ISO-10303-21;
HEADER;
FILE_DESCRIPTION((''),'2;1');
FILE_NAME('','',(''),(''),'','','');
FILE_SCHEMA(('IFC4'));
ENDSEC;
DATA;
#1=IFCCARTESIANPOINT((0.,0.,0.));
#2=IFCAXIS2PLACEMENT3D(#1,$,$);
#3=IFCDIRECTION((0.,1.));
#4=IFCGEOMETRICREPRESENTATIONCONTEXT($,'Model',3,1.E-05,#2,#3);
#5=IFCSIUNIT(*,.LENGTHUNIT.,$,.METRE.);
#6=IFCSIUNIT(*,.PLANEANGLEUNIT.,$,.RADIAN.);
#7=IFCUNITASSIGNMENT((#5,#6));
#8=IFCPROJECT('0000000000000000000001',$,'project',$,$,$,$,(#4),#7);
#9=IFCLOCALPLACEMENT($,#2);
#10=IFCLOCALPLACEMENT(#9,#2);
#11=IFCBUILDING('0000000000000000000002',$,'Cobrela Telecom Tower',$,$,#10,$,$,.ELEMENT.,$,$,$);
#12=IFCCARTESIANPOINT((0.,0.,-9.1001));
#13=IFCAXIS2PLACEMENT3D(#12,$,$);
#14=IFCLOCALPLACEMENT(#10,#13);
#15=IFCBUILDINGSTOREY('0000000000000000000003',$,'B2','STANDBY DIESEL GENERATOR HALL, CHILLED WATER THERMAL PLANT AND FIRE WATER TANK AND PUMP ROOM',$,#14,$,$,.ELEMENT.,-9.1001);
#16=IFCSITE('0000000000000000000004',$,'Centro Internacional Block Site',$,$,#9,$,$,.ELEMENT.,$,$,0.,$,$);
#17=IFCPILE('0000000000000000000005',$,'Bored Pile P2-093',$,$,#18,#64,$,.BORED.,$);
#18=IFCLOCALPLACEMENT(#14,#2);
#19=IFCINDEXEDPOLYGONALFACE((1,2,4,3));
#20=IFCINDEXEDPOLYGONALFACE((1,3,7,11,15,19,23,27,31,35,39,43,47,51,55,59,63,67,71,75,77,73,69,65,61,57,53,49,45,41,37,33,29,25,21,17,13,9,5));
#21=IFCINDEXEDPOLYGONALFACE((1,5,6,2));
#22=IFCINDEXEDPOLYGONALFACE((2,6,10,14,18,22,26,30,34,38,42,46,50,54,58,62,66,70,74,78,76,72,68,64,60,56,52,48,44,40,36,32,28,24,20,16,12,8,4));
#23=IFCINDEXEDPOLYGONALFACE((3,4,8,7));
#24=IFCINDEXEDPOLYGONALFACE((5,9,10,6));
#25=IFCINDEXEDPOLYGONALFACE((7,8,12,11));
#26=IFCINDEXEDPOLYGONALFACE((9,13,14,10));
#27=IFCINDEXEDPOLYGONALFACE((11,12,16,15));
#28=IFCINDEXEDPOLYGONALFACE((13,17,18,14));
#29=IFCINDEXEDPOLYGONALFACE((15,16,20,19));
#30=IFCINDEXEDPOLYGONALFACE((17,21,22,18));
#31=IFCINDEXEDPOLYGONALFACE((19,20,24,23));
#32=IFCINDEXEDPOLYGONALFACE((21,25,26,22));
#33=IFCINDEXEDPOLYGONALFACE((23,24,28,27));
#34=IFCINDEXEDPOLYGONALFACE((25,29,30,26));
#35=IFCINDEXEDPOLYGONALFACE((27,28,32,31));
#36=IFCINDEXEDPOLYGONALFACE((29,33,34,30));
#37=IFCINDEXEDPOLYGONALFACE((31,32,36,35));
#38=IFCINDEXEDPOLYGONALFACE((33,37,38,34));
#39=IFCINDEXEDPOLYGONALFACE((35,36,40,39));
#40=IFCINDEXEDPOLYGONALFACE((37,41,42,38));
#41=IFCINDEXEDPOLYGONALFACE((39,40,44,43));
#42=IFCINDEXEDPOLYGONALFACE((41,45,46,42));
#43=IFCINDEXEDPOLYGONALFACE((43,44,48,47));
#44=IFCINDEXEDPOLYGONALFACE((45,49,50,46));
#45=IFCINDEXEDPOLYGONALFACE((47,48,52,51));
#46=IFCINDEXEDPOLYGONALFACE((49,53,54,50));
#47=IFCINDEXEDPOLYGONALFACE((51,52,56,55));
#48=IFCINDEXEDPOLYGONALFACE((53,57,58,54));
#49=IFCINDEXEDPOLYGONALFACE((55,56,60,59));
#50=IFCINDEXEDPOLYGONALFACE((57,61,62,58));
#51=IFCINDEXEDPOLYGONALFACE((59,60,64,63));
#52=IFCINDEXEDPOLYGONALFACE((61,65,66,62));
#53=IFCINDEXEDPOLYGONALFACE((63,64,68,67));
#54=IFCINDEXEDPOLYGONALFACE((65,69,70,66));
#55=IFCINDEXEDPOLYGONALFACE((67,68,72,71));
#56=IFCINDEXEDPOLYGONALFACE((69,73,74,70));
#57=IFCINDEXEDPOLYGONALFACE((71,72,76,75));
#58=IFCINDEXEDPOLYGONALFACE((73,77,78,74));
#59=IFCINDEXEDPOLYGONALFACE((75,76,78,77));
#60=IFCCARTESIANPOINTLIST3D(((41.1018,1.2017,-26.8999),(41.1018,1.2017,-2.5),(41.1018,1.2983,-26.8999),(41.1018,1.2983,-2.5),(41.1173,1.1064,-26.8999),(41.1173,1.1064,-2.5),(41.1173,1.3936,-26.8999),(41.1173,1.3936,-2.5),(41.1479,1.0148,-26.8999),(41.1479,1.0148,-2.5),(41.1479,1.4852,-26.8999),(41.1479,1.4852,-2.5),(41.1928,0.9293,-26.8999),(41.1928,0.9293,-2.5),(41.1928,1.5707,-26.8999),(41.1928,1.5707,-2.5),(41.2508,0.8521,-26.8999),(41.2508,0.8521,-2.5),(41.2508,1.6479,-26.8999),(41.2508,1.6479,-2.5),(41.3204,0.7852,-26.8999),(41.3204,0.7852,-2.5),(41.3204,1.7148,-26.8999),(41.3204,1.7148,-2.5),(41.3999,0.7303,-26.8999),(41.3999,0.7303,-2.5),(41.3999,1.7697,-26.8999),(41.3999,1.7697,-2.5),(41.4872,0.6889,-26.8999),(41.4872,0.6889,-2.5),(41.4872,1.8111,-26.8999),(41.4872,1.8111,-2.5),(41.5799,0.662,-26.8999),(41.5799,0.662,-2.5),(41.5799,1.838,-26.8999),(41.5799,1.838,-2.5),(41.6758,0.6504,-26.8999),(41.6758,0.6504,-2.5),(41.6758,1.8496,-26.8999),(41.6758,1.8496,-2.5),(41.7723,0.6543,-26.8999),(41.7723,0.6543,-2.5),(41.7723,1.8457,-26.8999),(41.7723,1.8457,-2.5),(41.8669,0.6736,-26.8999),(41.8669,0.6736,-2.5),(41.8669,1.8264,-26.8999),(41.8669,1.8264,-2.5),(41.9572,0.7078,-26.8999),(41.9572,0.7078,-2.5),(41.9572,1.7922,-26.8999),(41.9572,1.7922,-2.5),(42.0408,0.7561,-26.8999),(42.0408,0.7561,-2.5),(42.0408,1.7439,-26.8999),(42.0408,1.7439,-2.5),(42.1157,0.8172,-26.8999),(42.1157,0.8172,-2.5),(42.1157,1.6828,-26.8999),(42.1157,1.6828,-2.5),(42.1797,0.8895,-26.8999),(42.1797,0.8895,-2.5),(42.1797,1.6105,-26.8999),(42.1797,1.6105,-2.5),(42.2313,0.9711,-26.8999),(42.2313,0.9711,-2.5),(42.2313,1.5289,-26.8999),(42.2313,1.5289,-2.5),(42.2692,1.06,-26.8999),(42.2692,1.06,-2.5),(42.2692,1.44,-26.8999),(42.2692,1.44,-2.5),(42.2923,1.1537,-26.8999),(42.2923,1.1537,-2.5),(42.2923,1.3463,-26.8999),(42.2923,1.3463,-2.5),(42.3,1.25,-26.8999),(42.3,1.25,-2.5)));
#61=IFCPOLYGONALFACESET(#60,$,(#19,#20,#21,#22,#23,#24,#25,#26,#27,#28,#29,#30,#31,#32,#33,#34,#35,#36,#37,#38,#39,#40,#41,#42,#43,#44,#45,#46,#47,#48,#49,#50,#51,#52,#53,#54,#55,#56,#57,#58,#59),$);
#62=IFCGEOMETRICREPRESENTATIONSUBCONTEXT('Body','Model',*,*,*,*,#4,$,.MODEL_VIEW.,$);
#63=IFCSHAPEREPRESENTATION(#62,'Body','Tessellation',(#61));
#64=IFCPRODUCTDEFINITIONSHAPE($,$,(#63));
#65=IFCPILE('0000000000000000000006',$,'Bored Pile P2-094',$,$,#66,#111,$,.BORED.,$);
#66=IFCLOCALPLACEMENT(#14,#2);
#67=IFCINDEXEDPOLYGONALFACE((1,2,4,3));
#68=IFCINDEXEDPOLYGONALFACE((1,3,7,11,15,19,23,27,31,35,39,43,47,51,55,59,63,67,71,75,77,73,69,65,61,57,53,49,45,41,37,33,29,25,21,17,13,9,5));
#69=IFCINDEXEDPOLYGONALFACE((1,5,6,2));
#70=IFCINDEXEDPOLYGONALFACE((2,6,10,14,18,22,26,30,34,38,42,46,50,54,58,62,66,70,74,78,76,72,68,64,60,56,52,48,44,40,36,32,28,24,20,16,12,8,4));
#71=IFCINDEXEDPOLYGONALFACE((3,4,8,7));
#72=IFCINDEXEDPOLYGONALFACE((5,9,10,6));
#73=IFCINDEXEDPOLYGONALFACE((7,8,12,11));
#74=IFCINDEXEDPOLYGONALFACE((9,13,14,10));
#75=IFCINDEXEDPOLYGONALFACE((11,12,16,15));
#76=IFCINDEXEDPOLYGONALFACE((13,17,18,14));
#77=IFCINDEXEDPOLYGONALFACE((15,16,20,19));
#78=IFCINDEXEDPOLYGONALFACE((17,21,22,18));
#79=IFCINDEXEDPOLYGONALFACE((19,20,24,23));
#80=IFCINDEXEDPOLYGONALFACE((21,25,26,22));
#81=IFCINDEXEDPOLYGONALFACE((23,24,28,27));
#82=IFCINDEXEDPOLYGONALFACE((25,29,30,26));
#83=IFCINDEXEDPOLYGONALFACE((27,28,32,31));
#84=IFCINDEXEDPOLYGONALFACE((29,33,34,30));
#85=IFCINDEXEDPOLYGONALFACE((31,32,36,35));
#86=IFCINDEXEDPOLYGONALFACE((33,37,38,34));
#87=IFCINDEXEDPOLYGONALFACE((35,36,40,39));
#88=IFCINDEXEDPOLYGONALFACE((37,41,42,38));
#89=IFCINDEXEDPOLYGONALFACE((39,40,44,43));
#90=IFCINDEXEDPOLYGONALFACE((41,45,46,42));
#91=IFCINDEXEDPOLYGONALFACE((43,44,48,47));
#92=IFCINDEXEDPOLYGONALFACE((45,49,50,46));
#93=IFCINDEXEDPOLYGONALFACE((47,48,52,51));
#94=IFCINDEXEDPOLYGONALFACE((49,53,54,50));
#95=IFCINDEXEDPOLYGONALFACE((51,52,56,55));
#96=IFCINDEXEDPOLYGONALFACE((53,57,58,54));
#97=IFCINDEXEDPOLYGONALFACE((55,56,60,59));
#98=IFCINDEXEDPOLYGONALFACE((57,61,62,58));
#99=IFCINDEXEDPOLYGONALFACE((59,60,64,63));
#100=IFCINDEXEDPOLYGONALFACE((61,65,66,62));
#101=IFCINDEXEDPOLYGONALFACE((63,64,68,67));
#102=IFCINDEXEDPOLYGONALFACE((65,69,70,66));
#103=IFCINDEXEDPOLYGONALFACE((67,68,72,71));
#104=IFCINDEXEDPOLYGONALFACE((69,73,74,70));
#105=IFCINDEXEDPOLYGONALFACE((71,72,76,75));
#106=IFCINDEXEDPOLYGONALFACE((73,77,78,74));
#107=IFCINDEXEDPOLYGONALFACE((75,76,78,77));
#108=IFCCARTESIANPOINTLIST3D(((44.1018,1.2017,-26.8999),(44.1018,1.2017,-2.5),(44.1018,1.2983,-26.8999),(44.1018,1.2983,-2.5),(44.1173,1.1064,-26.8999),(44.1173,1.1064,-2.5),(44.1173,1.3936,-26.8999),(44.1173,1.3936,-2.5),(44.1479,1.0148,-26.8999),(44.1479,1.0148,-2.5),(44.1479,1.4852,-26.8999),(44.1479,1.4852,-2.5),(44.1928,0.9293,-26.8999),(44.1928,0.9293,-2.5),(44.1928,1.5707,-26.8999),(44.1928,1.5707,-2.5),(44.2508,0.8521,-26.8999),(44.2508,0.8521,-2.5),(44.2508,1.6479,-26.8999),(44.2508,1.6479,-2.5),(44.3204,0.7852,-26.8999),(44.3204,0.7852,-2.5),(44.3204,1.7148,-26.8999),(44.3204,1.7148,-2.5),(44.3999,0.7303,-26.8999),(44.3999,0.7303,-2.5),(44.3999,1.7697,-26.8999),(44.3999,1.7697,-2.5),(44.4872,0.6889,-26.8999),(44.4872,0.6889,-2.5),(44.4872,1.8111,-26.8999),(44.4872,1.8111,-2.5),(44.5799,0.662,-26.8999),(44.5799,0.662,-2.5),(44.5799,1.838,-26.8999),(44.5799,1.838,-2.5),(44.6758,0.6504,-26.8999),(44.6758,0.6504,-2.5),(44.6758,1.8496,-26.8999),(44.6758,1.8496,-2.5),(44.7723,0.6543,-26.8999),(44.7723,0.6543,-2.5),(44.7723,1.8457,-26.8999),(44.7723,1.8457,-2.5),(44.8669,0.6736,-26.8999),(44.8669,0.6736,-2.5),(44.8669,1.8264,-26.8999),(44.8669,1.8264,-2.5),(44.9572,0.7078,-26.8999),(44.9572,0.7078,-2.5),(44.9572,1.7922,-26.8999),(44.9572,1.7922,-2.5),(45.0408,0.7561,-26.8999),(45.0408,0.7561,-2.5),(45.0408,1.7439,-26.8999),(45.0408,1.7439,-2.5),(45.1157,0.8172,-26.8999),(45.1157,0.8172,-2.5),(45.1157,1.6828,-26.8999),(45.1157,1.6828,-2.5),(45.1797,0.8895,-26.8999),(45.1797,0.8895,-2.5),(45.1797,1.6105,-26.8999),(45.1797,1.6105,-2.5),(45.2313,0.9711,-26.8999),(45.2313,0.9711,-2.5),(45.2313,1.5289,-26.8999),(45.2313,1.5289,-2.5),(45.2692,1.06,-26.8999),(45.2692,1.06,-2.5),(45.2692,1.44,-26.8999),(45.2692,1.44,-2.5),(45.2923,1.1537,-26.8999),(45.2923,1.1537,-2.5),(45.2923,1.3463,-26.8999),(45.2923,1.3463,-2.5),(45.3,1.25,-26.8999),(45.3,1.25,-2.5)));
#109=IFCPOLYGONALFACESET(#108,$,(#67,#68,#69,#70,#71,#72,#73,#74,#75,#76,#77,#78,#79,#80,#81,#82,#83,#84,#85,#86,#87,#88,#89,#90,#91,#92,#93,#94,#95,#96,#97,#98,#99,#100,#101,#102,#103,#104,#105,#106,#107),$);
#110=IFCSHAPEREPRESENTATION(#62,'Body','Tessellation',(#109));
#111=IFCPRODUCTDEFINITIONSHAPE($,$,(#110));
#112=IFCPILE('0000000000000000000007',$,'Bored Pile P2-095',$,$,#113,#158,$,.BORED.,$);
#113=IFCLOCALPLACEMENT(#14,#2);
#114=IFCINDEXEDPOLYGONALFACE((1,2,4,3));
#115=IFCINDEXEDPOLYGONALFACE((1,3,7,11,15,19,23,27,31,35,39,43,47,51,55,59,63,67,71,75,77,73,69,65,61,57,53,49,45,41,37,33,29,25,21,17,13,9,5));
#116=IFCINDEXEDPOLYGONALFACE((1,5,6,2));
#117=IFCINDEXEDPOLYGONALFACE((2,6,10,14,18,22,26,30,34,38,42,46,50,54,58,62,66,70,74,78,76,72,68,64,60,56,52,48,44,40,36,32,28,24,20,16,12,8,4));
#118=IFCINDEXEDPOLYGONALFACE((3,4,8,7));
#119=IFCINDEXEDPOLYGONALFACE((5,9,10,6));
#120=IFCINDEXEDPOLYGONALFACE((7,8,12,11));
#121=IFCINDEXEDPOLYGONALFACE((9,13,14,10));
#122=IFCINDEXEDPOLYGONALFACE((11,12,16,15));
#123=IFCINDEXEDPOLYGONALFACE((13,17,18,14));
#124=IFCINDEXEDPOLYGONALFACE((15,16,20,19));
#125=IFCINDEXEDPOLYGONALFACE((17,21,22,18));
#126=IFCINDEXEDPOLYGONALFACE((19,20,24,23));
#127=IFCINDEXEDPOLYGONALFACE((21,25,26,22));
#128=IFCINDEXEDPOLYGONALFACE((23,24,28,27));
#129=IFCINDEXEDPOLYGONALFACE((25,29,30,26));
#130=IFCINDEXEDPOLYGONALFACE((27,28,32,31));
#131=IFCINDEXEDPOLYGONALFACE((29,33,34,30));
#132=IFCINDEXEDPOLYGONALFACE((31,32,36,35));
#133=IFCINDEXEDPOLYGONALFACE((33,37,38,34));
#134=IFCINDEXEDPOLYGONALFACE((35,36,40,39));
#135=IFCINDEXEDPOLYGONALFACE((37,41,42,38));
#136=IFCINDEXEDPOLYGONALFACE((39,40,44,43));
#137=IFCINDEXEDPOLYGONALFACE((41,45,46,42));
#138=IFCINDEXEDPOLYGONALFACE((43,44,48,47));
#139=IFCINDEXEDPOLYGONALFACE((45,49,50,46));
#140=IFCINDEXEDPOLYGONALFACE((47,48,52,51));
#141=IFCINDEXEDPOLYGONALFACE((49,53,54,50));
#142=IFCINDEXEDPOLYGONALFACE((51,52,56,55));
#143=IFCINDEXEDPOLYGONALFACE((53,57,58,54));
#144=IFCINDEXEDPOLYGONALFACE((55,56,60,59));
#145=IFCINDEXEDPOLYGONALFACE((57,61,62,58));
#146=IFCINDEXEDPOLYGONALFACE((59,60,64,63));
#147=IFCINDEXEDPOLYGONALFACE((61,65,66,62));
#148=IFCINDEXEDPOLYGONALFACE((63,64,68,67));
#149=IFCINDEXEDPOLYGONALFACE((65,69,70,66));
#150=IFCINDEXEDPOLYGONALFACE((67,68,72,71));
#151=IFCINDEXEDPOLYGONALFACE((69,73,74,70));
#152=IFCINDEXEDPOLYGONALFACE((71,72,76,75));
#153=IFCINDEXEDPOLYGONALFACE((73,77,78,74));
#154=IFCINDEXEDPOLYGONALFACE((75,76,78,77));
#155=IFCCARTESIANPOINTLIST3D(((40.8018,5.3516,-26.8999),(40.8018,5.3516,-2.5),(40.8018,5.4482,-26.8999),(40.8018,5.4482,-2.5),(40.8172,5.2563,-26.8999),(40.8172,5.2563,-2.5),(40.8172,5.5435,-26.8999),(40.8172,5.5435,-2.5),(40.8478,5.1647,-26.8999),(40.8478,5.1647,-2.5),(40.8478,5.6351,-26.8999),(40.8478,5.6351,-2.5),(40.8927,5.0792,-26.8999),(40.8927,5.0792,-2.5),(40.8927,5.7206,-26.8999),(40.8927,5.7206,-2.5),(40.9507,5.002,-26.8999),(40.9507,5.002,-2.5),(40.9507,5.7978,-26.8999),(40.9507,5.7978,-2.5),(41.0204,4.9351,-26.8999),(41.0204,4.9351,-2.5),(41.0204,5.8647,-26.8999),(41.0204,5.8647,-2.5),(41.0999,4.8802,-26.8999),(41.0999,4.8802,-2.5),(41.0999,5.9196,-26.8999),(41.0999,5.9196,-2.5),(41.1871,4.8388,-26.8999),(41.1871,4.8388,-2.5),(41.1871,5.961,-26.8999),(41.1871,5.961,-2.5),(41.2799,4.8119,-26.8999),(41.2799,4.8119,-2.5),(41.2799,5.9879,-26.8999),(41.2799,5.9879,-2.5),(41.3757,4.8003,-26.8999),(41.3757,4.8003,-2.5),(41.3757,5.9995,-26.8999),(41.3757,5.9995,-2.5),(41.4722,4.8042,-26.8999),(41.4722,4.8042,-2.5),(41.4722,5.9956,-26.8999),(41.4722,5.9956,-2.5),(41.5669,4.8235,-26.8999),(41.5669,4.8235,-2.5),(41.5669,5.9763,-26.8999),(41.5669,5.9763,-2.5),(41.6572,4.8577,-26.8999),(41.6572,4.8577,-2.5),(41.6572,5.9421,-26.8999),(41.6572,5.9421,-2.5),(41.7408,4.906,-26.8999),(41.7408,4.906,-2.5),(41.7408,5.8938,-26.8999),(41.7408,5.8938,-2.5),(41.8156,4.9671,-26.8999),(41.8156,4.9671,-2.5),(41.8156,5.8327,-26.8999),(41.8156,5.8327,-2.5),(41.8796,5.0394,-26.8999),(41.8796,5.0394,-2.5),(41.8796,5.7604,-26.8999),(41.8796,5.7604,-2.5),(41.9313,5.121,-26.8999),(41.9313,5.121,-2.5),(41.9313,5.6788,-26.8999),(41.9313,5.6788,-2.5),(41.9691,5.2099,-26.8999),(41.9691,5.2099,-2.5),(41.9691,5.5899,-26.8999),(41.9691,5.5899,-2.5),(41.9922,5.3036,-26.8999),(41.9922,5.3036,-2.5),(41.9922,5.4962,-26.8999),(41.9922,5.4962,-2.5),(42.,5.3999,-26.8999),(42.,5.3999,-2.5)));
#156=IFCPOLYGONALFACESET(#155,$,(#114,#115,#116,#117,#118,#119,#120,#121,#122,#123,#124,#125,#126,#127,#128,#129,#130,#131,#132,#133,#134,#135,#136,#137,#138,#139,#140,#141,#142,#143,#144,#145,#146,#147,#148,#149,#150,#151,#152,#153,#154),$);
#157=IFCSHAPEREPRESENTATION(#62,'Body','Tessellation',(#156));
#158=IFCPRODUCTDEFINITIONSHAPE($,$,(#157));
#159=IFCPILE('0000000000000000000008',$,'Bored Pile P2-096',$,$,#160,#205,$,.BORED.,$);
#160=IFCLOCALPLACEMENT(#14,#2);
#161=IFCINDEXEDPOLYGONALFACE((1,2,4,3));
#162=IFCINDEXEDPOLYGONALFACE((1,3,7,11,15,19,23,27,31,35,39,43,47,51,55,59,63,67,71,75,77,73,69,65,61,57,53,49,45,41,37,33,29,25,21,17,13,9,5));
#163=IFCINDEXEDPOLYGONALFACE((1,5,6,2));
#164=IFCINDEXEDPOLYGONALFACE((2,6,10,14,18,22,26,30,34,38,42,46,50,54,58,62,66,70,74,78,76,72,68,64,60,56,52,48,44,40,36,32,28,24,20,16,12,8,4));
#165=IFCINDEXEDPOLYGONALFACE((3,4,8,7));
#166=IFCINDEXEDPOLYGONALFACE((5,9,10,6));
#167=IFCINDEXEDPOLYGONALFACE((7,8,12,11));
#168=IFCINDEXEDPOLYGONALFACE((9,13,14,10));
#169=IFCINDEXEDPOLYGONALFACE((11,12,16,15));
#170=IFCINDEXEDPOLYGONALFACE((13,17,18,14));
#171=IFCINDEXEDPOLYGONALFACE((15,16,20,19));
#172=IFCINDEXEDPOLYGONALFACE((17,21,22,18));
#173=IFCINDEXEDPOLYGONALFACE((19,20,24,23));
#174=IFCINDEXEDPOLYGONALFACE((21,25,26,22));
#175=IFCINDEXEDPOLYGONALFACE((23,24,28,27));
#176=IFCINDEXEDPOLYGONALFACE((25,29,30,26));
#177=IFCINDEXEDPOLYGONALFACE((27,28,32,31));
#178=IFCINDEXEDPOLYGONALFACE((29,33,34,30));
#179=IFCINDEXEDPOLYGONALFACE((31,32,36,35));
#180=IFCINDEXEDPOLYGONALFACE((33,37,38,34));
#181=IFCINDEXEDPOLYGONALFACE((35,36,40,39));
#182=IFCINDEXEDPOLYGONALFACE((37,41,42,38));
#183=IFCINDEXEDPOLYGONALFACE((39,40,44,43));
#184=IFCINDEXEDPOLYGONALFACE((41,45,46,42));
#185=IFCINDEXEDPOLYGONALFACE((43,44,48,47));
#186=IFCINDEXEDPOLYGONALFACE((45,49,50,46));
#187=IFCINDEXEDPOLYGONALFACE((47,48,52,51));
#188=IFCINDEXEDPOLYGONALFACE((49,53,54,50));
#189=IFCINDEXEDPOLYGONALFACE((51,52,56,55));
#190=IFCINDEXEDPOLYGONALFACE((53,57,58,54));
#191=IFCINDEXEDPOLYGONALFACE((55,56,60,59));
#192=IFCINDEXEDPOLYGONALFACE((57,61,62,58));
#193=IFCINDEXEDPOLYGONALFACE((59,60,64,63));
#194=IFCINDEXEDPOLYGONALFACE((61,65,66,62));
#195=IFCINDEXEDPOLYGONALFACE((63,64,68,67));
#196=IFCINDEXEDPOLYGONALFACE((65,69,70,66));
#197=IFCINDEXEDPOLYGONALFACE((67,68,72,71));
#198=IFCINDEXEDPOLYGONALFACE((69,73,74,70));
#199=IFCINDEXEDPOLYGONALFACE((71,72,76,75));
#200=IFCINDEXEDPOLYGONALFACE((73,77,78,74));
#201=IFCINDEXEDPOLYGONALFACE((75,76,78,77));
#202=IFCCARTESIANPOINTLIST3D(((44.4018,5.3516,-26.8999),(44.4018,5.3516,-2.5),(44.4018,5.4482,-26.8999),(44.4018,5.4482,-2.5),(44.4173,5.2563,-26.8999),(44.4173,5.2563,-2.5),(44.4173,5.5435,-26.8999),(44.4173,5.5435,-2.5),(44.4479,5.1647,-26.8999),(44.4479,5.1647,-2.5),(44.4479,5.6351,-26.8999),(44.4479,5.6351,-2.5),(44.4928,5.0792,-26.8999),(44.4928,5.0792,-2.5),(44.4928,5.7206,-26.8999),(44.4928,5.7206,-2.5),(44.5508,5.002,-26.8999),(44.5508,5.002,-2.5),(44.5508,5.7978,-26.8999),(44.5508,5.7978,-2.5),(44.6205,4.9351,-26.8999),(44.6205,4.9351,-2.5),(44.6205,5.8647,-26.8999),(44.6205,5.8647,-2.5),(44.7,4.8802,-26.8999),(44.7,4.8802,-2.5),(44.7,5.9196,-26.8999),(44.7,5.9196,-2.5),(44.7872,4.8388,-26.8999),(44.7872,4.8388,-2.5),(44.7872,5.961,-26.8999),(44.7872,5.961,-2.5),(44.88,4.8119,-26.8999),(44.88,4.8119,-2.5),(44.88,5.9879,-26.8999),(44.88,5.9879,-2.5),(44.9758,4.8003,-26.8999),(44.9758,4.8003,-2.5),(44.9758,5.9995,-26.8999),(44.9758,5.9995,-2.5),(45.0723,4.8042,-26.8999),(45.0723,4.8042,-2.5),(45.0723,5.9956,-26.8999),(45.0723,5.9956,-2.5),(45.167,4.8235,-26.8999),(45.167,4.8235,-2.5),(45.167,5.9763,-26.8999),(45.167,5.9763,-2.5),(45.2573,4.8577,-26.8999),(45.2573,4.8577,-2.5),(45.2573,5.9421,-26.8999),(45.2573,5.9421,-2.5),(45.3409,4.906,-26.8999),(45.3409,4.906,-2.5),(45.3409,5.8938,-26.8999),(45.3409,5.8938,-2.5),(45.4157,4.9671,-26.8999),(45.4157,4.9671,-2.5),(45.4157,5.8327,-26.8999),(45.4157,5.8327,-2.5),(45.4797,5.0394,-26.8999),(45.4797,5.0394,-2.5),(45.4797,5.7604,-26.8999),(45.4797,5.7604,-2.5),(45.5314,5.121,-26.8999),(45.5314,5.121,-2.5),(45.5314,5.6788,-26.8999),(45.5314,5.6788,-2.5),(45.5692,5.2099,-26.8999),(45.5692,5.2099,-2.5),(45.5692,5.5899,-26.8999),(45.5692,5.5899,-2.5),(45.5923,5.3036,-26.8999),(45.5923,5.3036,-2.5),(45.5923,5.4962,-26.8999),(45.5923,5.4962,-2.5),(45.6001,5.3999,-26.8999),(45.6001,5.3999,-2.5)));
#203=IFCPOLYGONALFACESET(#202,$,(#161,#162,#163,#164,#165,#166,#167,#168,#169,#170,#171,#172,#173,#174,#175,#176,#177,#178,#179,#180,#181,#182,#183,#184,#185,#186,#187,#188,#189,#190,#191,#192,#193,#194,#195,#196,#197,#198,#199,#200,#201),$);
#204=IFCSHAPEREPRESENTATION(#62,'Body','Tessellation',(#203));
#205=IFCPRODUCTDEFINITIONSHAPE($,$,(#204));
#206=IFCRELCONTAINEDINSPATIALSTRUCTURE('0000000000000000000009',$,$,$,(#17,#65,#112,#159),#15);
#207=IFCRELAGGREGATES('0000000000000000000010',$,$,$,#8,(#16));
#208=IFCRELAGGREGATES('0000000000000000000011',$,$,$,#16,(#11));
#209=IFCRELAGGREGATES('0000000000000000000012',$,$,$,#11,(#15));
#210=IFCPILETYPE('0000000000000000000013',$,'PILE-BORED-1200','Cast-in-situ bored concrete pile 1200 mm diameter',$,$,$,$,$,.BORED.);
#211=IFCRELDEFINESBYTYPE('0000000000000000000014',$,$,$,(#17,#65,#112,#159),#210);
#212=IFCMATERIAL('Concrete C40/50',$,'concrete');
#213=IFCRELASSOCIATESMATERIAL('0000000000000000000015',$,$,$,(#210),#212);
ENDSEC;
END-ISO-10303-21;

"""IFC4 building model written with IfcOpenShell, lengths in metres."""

from ifc_helpers import new_model, si_unit, direction, frame, origin, origin_2d, place, context, subcontext, project, spatial, circle, extrude, material, material_profile, profile_set, type_object, element, save


model = new_model("IFC4")

# Units and contexts
model_context = context("Model", 3, precision=1e-05, world=origin(), true_north=direction((0.0, 1.0)))
body_context = subcontext(model_context, "Body", "Model", "MODEL_VIEW")
ifc_project = project(units=[si_unit("LENGTHUNIT", "METRE"), si_unit("PLANEANGLEUNIT", "RADIAN")], contexts=[model_context])

# Site, building, storey
site_placement = place(None, origin())
site = spatial("IfcSite", under=ifc_project, at=site_placement, Name="Centro Internacional Block Site", CompositionType="ELEMENT", RefElevation=0.0)
building_placement = place(site_placement, origin())
building = spatial("IfcBuilding", under=site, at=building_placement, Name="Cobrela Telecom Tower", CompositionType="ELEMENT")
storey_placement = place(building_placement, frame((0.0, 0.0, -9.1001)))
storey = spatial("IfcBuildingStorey", under=building, at=storey_placement, Name="B2", Description="STANDBY DIESEL GENERATOR HALL, CHILLED WATER THERMAL PLANT AND FIRE WATER TANK AND PUMP ROOM", CompositionType="ELEMENT", Elevation=-9.1001)

# Shared definitions
ifc_material_1 = material(Name="Concrete C40/50", Category="concrete")

# Piles
ifc_material_profile_1 = material_profile(ifc_material_1, circle(Radius=0.6001, at=origin_2d()), Name="BORED PILE D1200")
ifc_profile_set_1 = profile_set([ifc_material_profile_1], Name="Concrete C40/50")
pile_type = type_object("IfcPileType", Name="PILE-BORED-1200", Description="Cast-in-situ bored concrete pile 1200 mm diameter", PredefinedType="BORED", material=ifc_profile_set_1)
for number, where, z_axis, x_axis, name in (
    (1, (41.7, 1.25, -2.5), (0.0, 0.0, -1.0), (1.0, 0.0, 0.0), "Bored Pile P2-093"),
    (2, (44.7, 1.25, -2.5), (0.0, 0.0, -1.0), (1.0, 0.0, 0.0), "Bored Pile P2-094"),
    (3, (41.3999, 5.3999, -2.5), (0.0, 0.0, -1.0), (1.0, 0.0, 0.0), "Bored Pile P2-095"),
    (4, (45.0, 5.3999, -2.5), (0.0, 0.0, -1.0), (1.0, 0.0, 0.0), "Bored Pile P2-096"),
):
    element("IfcPile", number, at=place(storey_placement, frame(where, z_axis=z_axis, x_axis=x_axis)), inside=storey, type_object=pile_type, Name=name, PredefinedType="BORED", context=body_context, shape_type="SweptSolid", body=[
        extrude(circle(Radius=0.6001, at=origin_2d()), origin(), (0.0, 0.0, 1.0), 24.3999),
    ])

save(model, "model.ifc")
